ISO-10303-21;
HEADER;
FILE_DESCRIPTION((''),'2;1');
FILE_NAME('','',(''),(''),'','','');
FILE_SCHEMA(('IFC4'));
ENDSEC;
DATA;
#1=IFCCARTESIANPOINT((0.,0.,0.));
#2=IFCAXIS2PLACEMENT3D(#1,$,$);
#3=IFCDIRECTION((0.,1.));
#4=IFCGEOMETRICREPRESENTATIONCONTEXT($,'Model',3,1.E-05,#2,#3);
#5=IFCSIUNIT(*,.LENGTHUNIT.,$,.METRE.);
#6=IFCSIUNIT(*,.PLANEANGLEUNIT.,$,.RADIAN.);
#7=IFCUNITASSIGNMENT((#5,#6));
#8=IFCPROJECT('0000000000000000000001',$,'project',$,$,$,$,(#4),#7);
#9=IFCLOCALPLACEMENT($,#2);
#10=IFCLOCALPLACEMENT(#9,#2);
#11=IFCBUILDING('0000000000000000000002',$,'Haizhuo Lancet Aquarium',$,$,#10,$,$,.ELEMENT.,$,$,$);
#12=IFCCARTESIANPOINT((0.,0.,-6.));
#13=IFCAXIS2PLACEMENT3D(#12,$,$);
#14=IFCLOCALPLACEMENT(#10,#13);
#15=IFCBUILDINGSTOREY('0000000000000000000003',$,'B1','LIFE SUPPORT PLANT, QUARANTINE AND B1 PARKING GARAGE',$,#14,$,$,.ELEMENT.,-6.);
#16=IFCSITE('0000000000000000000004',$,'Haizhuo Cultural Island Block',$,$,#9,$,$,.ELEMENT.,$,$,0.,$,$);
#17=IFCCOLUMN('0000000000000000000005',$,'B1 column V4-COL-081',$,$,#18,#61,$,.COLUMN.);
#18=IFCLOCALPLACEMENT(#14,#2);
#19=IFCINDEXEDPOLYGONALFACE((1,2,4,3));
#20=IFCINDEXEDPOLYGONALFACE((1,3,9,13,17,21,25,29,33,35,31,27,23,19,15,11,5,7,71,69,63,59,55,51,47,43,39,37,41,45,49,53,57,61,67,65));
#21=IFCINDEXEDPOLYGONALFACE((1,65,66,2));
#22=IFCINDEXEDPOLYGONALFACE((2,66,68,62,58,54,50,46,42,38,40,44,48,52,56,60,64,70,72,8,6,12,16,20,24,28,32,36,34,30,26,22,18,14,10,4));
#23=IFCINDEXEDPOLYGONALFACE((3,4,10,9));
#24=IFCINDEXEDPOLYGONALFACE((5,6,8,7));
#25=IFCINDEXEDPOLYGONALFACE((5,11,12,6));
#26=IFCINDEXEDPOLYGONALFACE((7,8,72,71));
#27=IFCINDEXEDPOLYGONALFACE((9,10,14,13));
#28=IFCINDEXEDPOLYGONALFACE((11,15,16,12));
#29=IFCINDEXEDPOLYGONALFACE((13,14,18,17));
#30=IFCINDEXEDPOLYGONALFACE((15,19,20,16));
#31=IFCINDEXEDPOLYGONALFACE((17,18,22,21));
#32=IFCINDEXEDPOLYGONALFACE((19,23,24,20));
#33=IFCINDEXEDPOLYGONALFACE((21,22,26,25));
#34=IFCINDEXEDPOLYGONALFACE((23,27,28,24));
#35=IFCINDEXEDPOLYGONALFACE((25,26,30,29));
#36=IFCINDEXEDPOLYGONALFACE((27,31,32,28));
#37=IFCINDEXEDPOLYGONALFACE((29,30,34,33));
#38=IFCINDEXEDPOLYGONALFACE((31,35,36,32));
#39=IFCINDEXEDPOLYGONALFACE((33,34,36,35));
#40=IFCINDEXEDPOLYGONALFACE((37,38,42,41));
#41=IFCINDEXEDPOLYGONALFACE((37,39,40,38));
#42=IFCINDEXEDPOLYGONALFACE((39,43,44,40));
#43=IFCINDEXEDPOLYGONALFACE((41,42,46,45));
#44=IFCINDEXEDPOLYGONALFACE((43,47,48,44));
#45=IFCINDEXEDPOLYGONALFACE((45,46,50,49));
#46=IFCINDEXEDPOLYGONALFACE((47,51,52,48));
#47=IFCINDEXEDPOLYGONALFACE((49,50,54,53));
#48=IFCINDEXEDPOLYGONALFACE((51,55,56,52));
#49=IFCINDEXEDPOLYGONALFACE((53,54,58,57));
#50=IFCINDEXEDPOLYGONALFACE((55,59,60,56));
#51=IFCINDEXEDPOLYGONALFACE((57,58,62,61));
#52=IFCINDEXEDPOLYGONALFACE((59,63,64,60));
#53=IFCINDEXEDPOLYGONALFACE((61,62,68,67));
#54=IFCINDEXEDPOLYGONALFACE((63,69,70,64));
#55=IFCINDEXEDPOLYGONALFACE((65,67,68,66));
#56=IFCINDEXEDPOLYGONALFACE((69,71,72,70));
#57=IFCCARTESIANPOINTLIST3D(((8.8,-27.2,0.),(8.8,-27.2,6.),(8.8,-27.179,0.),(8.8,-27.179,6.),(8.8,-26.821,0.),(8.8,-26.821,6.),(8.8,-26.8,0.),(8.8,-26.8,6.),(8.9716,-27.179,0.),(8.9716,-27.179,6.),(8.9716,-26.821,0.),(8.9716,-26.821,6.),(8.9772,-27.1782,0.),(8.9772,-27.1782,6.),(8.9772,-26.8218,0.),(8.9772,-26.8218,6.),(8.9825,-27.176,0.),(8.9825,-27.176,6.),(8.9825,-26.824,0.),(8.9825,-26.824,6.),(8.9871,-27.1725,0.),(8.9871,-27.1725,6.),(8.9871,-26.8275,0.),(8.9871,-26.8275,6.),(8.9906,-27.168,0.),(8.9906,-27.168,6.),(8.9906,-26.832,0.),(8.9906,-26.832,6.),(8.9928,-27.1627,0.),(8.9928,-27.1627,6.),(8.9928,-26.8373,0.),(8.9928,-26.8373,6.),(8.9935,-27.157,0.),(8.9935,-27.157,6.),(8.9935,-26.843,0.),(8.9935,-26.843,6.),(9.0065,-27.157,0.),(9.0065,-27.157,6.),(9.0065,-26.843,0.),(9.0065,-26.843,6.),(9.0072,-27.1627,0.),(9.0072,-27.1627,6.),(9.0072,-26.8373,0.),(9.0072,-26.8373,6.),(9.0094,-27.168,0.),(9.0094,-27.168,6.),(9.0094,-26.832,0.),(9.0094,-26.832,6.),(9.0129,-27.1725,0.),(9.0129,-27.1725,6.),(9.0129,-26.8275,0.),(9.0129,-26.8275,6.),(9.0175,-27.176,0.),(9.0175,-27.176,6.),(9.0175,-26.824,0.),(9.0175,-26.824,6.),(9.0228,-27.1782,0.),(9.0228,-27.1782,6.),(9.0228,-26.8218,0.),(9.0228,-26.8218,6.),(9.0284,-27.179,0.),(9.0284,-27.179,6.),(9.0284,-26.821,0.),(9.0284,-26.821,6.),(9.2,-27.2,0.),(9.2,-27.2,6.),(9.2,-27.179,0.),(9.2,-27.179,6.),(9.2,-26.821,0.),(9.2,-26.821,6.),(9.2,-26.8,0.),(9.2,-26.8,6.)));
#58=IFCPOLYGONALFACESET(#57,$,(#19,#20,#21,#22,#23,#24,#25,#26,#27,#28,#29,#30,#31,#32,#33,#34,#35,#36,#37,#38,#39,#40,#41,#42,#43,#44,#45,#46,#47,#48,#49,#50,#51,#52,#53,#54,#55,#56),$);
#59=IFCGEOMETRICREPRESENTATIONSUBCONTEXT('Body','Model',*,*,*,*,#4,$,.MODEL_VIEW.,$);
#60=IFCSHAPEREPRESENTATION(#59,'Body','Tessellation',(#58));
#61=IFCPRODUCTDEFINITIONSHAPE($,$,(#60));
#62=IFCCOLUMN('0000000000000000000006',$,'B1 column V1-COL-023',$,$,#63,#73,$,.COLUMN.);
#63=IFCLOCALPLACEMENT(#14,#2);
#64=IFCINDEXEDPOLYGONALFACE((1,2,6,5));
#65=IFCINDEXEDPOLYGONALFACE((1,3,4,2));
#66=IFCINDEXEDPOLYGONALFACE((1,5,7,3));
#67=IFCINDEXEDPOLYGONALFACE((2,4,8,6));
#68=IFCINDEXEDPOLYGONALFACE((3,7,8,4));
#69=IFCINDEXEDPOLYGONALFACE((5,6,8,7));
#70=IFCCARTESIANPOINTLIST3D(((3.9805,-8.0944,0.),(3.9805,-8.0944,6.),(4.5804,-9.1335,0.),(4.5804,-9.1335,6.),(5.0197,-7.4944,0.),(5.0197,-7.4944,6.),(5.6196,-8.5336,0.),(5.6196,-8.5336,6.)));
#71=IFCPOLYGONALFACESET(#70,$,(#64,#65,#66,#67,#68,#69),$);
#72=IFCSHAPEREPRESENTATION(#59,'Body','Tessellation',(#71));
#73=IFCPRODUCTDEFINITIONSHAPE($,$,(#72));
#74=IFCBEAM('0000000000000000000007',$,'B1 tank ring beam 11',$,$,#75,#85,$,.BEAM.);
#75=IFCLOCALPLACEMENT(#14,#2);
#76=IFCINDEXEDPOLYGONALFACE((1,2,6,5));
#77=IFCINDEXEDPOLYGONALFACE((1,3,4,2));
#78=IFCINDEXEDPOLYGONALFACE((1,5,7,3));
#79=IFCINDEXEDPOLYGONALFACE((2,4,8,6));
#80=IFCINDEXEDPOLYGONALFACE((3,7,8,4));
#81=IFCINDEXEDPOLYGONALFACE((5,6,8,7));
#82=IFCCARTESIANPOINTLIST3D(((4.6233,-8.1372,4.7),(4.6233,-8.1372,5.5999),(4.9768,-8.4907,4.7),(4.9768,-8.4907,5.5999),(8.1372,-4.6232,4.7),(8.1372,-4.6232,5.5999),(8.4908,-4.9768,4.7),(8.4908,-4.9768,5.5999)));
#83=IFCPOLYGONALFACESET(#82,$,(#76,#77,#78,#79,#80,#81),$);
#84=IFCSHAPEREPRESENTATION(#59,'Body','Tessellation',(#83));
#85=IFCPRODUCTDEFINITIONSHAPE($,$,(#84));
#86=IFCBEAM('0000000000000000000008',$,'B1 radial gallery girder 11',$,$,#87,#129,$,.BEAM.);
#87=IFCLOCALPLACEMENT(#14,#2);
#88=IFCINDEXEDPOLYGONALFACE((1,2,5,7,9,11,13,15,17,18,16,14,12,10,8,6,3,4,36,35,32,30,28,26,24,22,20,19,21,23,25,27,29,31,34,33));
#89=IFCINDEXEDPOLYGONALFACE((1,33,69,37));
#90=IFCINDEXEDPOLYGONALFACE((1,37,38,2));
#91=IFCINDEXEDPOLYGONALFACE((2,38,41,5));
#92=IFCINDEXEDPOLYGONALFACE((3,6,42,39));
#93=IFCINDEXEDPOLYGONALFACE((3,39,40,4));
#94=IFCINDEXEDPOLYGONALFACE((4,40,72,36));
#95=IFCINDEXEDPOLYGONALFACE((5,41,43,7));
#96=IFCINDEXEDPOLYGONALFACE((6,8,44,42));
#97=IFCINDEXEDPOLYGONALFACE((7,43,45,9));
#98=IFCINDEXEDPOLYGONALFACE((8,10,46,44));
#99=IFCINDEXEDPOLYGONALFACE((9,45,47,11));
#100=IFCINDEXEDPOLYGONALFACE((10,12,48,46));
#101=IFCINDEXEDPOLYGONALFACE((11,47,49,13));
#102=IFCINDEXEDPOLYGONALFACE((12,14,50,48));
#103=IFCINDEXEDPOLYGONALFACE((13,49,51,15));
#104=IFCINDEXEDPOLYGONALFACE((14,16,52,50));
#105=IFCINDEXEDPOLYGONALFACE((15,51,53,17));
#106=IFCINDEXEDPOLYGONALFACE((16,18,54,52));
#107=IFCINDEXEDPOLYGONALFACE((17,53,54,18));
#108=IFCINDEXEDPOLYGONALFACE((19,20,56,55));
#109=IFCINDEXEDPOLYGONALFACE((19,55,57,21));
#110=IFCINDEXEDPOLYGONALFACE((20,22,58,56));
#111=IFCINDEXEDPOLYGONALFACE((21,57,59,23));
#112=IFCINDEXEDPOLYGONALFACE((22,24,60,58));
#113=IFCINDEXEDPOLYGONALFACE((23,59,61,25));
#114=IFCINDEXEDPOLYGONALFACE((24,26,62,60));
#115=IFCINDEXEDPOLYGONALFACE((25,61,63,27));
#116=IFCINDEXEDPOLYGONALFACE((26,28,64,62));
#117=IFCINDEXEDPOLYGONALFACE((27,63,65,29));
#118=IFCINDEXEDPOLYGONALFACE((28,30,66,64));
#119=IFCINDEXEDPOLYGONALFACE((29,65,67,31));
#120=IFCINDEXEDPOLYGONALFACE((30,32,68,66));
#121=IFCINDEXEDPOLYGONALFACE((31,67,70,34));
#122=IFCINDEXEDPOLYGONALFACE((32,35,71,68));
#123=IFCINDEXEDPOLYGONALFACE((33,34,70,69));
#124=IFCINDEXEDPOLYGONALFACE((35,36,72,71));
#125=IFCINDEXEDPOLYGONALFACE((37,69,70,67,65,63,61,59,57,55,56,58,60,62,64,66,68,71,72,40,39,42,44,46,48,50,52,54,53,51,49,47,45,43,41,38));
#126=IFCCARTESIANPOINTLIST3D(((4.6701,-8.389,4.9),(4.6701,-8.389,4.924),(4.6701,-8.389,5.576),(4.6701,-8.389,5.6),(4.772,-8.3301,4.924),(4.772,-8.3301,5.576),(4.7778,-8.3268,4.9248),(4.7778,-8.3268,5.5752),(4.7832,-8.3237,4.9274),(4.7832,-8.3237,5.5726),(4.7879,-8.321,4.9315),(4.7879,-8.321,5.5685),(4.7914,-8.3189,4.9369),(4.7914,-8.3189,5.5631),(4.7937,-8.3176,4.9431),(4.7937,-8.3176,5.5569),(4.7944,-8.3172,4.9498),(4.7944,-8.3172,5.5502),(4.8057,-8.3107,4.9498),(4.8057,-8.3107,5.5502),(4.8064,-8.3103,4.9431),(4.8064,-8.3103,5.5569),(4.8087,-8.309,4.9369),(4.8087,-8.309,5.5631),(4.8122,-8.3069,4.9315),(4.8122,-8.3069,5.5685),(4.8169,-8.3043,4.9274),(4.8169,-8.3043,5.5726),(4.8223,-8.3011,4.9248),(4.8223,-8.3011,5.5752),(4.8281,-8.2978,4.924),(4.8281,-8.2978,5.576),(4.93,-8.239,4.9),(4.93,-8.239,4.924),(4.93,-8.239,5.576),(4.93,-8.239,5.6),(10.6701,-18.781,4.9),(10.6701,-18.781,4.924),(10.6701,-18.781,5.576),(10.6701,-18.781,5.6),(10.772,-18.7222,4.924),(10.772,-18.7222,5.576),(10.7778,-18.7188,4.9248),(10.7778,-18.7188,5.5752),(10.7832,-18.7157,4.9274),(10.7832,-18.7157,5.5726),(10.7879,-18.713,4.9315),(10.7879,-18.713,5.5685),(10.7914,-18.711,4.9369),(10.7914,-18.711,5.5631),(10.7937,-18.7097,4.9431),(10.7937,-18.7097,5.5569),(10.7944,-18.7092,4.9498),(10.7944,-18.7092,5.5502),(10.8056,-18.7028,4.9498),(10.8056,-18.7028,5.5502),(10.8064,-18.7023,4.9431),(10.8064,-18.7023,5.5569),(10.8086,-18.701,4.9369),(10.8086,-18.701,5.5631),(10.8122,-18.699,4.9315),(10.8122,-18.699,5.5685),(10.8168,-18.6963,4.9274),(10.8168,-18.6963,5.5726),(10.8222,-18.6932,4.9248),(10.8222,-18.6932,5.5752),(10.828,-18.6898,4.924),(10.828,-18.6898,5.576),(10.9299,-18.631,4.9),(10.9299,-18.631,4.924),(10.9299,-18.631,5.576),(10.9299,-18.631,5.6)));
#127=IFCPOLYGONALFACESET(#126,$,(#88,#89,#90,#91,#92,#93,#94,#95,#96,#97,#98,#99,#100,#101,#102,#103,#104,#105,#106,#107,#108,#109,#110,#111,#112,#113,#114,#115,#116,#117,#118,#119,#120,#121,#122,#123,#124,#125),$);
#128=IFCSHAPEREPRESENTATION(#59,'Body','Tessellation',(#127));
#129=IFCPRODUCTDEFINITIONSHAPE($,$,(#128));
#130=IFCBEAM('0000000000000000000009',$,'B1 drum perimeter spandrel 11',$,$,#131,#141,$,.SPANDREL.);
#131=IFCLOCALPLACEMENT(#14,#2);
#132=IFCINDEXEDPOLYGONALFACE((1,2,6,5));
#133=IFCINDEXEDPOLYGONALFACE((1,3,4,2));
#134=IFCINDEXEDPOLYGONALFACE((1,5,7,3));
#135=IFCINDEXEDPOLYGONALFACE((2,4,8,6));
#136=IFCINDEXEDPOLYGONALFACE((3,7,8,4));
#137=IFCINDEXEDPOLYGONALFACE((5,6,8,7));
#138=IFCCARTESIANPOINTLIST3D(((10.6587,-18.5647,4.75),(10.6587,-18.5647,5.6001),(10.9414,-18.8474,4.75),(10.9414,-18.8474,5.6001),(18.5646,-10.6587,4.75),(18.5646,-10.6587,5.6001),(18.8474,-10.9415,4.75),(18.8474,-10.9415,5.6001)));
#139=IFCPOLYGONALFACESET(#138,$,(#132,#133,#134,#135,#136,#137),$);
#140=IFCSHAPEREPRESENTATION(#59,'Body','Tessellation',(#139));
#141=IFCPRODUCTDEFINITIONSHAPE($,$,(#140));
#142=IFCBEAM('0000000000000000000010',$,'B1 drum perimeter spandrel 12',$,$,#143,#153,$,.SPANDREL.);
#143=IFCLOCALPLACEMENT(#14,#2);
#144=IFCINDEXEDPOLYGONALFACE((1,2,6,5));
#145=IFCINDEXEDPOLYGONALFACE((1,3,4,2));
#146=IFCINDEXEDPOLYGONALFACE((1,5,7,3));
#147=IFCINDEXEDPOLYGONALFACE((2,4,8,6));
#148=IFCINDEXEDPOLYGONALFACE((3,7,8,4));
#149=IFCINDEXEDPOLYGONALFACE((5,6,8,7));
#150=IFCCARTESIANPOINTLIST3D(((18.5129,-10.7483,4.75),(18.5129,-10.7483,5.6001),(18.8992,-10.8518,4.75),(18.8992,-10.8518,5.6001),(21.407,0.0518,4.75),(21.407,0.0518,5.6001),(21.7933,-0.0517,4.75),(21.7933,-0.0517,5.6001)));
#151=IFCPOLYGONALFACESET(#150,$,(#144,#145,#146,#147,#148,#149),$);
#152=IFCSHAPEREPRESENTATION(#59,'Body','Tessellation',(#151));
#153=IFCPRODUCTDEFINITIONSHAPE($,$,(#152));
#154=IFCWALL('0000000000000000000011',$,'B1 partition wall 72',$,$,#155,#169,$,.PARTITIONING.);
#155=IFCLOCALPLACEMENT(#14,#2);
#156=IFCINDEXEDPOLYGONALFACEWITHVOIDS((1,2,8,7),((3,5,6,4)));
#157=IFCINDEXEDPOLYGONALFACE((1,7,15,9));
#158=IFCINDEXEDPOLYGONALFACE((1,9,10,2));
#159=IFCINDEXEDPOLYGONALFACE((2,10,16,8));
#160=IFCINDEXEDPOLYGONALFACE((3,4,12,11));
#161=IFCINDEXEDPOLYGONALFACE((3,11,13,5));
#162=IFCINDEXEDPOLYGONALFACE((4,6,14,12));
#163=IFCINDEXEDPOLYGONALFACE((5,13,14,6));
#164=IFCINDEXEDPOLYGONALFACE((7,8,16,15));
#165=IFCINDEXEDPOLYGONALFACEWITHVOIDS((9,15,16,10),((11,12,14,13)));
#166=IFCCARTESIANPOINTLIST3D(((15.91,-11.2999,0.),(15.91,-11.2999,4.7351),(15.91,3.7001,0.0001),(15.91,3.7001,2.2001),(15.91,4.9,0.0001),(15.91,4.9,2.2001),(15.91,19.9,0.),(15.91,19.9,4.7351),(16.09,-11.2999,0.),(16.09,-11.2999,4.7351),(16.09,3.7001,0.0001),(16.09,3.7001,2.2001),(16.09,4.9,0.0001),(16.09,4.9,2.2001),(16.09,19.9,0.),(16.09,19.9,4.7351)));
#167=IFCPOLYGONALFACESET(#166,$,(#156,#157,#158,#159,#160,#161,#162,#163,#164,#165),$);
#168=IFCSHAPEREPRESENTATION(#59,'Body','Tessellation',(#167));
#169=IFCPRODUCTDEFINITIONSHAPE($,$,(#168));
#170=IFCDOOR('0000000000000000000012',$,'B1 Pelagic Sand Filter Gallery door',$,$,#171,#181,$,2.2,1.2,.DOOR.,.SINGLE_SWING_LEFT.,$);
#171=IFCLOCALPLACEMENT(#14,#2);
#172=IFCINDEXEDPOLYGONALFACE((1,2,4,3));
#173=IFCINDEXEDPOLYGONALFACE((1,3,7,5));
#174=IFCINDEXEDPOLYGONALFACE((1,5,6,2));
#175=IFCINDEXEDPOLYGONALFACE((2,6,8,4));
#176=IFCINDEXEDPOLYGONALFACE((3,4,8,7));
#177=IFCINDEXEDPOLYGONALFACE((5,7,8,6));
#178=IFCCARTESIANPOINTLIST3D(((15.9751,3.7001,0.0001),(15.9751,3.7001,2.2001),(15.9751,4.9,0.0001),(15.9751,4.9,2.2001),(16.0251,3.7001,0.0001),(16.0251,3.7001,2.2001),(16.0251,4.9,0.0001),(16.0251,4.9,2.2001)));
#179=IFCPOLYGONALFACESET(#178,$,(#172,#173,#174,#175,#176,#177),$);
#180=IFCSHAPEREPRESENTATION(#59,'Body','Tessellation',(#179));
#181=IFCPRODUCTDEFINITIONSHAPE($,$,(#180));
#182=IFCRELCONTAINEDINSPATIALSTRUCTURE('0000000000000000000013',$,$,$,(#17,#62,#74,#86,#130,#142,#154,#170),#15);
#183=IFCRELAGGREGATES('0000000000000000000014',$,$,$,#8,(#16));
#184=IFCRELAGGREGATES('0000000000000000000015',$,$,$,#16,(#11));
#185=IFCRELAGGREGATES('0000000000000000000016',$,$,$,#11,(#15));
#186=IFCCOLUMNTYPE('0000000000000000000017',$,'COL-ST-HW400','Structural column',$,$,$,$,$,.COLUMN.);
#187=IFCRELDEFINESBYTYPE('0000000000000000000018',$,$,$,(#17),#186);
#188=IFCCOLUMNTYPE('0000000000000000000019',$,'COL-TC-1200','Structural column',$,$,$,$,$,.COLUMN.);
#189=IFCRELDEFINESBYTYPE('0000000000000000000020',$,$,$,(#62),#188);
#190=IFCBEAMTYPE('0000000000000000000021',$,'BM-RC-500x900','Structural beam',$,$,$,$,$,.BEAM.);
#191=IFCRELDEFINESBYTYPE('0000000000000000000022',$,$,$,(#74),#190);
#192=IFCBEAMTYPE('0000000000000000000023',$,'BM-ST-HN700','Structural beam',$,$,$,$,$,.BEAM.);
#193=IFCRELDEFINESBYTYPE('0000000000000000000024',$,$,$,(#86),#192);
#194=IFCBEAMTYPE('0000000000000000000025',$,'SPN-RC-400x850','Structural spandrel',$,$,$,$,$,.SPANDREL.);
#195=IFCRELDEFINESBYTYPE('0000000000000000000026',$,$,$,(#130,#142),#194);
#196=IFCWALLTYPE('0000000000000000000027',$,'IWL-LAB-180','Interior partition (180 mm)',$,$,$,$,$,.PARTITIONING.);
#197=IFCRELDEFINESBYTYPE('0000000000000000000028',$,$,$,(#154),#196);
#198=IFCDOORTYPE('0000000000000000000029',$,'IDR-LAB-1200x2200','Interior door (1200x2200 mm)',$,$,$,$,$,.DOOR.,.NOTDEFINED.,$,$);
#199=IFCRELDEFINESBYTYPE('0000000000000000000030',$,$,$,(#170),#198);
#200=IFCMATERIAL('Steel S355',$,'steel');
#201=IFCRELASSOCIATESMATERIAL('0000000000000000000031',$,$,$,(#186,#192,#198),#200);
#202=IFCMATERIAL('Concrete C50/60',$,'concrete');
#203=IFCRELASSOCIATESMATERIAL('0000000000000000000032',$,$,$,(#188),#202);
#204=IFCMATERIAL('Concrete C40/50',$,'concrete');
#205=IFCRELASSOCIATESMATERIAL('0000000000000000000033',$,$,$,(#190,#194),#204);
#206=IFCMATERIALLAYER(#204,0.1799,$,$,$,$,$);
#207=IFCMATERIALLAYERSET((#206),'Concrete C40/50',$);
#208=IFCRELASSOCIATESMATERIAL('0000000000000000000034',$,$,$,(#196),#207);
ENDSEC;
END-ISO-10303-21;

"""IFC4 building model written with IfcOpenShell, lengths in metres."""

from ifc_helpers import new_model, si_unit, direction, frame, frame_2d, origin, origin_2d, place, context, subcontext, project, spatial, rectangle, i_section, extrude, material, layer, layer_set, material_profile, profile_set, type_object, element, fill, save


model = new_model("IFC4")

# Units and contexts
model_context = context("Model", 3, precision=1e-05, world=origin(), true_north=direction((0.0, 1.0)))
body_context = subcontext(model_context, "Body", "Model", "MODEL_VIEW")
ifc_project = project(units=[si_unit("LENGTHUNIT", "METRE"), si_unit("PLANEANGLEUNIT", "RADIAN")], contexts=[model_context])

# Site, building, storey
site_placement = place(None, origin())
site = spatial("IfcSite", under=ifc_project, at=site_placement, Name="Haizhuo Cultural Island Block", CompositionType="ELEMENT", RefElevation=0.0)
building_placement = place(site_placement, origin())
building = spatial("IfcBuilding", under=site, at=building_placement, Name="Haizhuo Lancet Aquarium", CompositionType="ELEMENT")
storey_placement = place(building_placement, frame((0.0, 0.0, -6.0)))
storey = spatial("IfcBuildingStorey", under=building, at=storey_placement, Name="B1", Description="LIFE SUPPORT PLANT, QUARANTINE AND B1 PARKING GARAGE", CompositionType="ELEMENT", Elevation=-6.0)

# Shared definitions
ifc_material_1 = material(Name="Concrete C40/50", Category="concrete")

# Columns
ifc_material_2 = material(Name="Concrete C50/60", Category="concrete")
ifc_material_3 = material(Name="Steel S355", Category="steel")
ifc_material_profile_1 = material_profile(ifc_material_3, i_section(OverallWidth=0.3999, OverallDepth=0.3999, WebThickness=0.0129, FlangeThickness=0.021, FilletRadius=0.022, at=origin_2d()), Name="HW 400x400x13x21")
ifc_profile_set_1 = profile_set([ifc_material_profile_1], Name="Steel S355")
column_type_1 = type_object("IfcColumnType", Name="COL-ST-HW400", Description="Structural column", PredefinedType="COLUMN", material=ifc_profile_set_1)
column_1_placement = place(storey_placement, frame((9.0, -27.0, 0.0), z_axis=(0.0, 0.0, 1.0), x_axis=(1.0, 0.0, 0.0)))
element("IfcColumn", 1, at=column_1_placement, inside=storey, type_object=column_type_1, Name="B1 column V4-COL-081", PredefinedType="COLUMN", context=body_context, shape_type="SweptSolid", body=[
    extrude(i_section(OverallWidth=0.3999, OverallDepth=0.3999, WebThickness=0.0129, FlangeThickness=0.021, FilletRadius=0.022, at=origin_2d()), origin(), (0.0, 0.0, 1.0), 6.0),
])
ifc_material_profile_2 = material_profile(ifc_material_2, rectangle(XDim=1.2, YDim=1.2, at=origin_2d()), Name="RC-COL 1200x1200")
ifc_profile_set_2 = profile_set([ifc_material_profile_2], Name="Concrete C50/60")
column_type_2 = type_object("IfcColumnType", Name="COL-TC-1200", Description="Structural column", PredefinedType="COLUMN", material=ifc_profile_set_2)
column_2_placement = place(storey_placement, frame((4.8, -8.314, 0.0), z_axis=(0.0, 0.0, 1.0), x_axis=(0.5, -0.866025, 0.0)))
element("IfcColumn", 2, at=column_2_placement, inside=storey, type_object=column_type_2, Name="B1 column V1-COL-023", PredefinedType="COLUMN", context=body_context, shape_type="SweptSolid", body=[
    extrude(rectangle(XDim=1.2, YDim=1.2, at=origin_2d()), origin(), (0.0, 0.0, 1.0), 6.0),
])

# Beams
ifc_material_profile_3 = material_profile(ifc_material_1, rectangle(XDim=0.5, YDim=0.8999, at=origin_2d()), Name="RC-BM 500x900")
ifc_profile_set_3 = profile_set([ifc_material_profile_3], Name="Concrete C40/50")
beam_type_1 = type_object("IfcBeamType", Name="BM-RC-500x900", Description="Structural beam", PredefinedType="BEAM", material=ifc_profile_set_3)
beam_1_placement = place(storey_placement, frame((4.8, -8.314, 5.1499), z_axis=(0.707107, 0.707107, 0.0), x_axis=(-0.707107, 0.707107, 0.0)))
element("IfcBeam", 3, at=beam_1_placement, inside=storey, type_object=beam_type_1, Name="B1 tank ring beam 11", PredefinedType="BEAM", context=body_context, shape_type="SweptSolid", body=[
    extrude(rectangle(XDim=0.5, YDim=0.8999, at=origin_2d()), origin(), (0.0, 0.0, 1.0), 4.9695),
])
ifc_material_profile_4 = material_profile(ifc_material_3, i_section(OverallWidth=0.3, OverallDepth=0.7, WebThickness=0.0129, FlangeThickness=0.0239, FilletRadius=0.0259, at=origin_2d()), Name="HN 700x300x13x24")
ifc_profile_set_4 = profile_set([ifc_material_profile_4], Name="Steel S355")
beam_type_2 = type_object("IfcBeamType", Name="BM-ST-HN700", Description="Structural beam", PredefinedType="BEAM", material=ifc_profile_set_4)
beam_2_placement = place(storey_placement, frame((4.8, -8.314, 5.25), z_axis=(0.500008, -0.866021, 0.0), x_axis=(0.866021, 0.500008, 0.0)))
element("IfcBeam", 4, at=beam_2_placement, inside=storey, type_object=beam_type_2, Name="B1 radial gallery girder 11", PredefinedType="BEAM", context=body_context, shape_type="SweptSolid", body=[
    extrude(i_section(OverallWidth=0.3, OverallDepth=0.7, WebThickness=0.0129, FlangeThickness=0.0239, FilletRadius=0.0259, at=origin_2d()), origin(), (0.0, 0.0, 1.0), 11.9998),
])
ifc_material_profile_5 = material_profile(ifc_material_1, rectangle(XDim=0.3999, YDim=0.8501, at=origin_2d()), Name="RC-SP 400x850")
ifc_profile_set_5 = profile_set([ifc_material_profile_5], Name="Concrete C40/50")
beam_type_3 = type_object("IfcBeamType", Name="SPN-RC-400x850", Description="Structural spandrel", PredefinedType="SPANDREL", material=ifc_profile_set_5)
beam_3_placement = place(storey_placement, frame((10.8, -18.7061, 5.175), z_axis=(0.707107, 0.707107, 0.0), x_axis=(-0.707107, 0.707107, 0.0)))
element("IfcBeam", 5, at=beam_3_placement, inside=storey, type_object=beam_type_3, Name="B1 drum perimeter spandrel 11", PredefinedType="SPANDREL", context=body_context, shape_type="SweptSolid", body=[
    extrude(rectangle(XDim=0.3999, YDim=0.8501, at=origin_2d()), origin(), (0.0, 0.0, 1.0), 11.1807),
])
beam_4_placement = place(storey_placement, frame((18.7061, -10.8, 5.175), z_axis=(0.258834, 0.965922, 0.0), x_axis=(-0.965922, 0.258834, 0.0)))
element("IfcBeam", 6, at=beam_4_placement, inside=storey, type_object=beam_type_3, Name="B1 drum perimeter spandrel 12", PredefinedType="SPANDREL", context=body_context, shape_type="SweptSolid", body=[
    extrude(rectangle(XDim=0.3999, YDim=0.8501, at=origin_2d()), origin(), (0.0, 0.0, 1.0), 11.1812),
])

# Wall, opening, door
ifc_layer = layer(ifc_material_1, 0.1799)
ifc_layer_set = layer_set([ifc_layer], Name="Concrete C40/50")
wall_type = type_object("IfcWallType", Name="IWL-LAB-180", Description="Interior partition (180 mm)", PredefinedType="PARTITIONING", material=ifc_layer_set)
wall_placement = place(storey_placement, frame((16.0, -11.3, 0.0), z_axis=(0.0, 0.0, 1.0), x_axis=(0.0, 1.0, 0.0)))
wall = element("IfcWall", 7, at=wall_placement, inside=storey, type_object=wall_type, Name="B1 partition wall 72", PredefinedType="PARTITIONING", context=body_context, shape_type="SweptSolid", body=[
    extrude(rectangle(XDim=31.2, YDim=0.1799, at=frame_2d((15.6001, 0.0))), origin(), (0.0, 0.0, 1.0), 4.7351),
])
opening_placement = place(wall_placement, frame((15.0, 0.0, 0.0)))
opening = element("IfcOpeningElement", 8, at=opening_placement, cuts=wall, PredefinedType="OPENING", context=body_context, shape_type="SweptSolid", body=[
    extrude(rectangle(XDim=1.2, YDim=2.2, at=frame_2d((0.6001, 1.1001))), frame((0.0, 0.0999, 0.0), z_axis=(0.0, -1.0, 0.0), x_axis=(1.0, 0.0, 0.0)), (0.0, 0.0, 1.0), 0.1999),
])
door_type = type_object("IfcDoorType", Name="IDR-LAB-1200x2200", Description="Interior door (1200x2200 mm)", OperationType="NOTDEFINED", PredefinedType="DOOR", material=ifc_material_3)
door_placement = place(opening_placement, origin())
door = element("IfcDoor", 9, at=door_placement, inside=storey, type_object=door_type, Name="B1 Pelagic Sand Filter Gallery door", OperationType="SINGLE_SWING_LEFT", OverallHeight=2.2, OverallWidth=1.2, PredefinedType="DOOR", context=body_context, shape_type="SweptSolid", body=[
    extrude(rectangle(XDim=1.2, YDim=2.2, at=frame_2d((0.6001, 1.1001))), frame((0.0, 0.0249, 0.0), z_axis=(0.0, -1.0, 0.0), x_axis=(1.0, 0.0, 0.0)), (0.0, 0.0, 1.0), 0.05),
])
fill(opening, door)

save(model, "model.ifc")
